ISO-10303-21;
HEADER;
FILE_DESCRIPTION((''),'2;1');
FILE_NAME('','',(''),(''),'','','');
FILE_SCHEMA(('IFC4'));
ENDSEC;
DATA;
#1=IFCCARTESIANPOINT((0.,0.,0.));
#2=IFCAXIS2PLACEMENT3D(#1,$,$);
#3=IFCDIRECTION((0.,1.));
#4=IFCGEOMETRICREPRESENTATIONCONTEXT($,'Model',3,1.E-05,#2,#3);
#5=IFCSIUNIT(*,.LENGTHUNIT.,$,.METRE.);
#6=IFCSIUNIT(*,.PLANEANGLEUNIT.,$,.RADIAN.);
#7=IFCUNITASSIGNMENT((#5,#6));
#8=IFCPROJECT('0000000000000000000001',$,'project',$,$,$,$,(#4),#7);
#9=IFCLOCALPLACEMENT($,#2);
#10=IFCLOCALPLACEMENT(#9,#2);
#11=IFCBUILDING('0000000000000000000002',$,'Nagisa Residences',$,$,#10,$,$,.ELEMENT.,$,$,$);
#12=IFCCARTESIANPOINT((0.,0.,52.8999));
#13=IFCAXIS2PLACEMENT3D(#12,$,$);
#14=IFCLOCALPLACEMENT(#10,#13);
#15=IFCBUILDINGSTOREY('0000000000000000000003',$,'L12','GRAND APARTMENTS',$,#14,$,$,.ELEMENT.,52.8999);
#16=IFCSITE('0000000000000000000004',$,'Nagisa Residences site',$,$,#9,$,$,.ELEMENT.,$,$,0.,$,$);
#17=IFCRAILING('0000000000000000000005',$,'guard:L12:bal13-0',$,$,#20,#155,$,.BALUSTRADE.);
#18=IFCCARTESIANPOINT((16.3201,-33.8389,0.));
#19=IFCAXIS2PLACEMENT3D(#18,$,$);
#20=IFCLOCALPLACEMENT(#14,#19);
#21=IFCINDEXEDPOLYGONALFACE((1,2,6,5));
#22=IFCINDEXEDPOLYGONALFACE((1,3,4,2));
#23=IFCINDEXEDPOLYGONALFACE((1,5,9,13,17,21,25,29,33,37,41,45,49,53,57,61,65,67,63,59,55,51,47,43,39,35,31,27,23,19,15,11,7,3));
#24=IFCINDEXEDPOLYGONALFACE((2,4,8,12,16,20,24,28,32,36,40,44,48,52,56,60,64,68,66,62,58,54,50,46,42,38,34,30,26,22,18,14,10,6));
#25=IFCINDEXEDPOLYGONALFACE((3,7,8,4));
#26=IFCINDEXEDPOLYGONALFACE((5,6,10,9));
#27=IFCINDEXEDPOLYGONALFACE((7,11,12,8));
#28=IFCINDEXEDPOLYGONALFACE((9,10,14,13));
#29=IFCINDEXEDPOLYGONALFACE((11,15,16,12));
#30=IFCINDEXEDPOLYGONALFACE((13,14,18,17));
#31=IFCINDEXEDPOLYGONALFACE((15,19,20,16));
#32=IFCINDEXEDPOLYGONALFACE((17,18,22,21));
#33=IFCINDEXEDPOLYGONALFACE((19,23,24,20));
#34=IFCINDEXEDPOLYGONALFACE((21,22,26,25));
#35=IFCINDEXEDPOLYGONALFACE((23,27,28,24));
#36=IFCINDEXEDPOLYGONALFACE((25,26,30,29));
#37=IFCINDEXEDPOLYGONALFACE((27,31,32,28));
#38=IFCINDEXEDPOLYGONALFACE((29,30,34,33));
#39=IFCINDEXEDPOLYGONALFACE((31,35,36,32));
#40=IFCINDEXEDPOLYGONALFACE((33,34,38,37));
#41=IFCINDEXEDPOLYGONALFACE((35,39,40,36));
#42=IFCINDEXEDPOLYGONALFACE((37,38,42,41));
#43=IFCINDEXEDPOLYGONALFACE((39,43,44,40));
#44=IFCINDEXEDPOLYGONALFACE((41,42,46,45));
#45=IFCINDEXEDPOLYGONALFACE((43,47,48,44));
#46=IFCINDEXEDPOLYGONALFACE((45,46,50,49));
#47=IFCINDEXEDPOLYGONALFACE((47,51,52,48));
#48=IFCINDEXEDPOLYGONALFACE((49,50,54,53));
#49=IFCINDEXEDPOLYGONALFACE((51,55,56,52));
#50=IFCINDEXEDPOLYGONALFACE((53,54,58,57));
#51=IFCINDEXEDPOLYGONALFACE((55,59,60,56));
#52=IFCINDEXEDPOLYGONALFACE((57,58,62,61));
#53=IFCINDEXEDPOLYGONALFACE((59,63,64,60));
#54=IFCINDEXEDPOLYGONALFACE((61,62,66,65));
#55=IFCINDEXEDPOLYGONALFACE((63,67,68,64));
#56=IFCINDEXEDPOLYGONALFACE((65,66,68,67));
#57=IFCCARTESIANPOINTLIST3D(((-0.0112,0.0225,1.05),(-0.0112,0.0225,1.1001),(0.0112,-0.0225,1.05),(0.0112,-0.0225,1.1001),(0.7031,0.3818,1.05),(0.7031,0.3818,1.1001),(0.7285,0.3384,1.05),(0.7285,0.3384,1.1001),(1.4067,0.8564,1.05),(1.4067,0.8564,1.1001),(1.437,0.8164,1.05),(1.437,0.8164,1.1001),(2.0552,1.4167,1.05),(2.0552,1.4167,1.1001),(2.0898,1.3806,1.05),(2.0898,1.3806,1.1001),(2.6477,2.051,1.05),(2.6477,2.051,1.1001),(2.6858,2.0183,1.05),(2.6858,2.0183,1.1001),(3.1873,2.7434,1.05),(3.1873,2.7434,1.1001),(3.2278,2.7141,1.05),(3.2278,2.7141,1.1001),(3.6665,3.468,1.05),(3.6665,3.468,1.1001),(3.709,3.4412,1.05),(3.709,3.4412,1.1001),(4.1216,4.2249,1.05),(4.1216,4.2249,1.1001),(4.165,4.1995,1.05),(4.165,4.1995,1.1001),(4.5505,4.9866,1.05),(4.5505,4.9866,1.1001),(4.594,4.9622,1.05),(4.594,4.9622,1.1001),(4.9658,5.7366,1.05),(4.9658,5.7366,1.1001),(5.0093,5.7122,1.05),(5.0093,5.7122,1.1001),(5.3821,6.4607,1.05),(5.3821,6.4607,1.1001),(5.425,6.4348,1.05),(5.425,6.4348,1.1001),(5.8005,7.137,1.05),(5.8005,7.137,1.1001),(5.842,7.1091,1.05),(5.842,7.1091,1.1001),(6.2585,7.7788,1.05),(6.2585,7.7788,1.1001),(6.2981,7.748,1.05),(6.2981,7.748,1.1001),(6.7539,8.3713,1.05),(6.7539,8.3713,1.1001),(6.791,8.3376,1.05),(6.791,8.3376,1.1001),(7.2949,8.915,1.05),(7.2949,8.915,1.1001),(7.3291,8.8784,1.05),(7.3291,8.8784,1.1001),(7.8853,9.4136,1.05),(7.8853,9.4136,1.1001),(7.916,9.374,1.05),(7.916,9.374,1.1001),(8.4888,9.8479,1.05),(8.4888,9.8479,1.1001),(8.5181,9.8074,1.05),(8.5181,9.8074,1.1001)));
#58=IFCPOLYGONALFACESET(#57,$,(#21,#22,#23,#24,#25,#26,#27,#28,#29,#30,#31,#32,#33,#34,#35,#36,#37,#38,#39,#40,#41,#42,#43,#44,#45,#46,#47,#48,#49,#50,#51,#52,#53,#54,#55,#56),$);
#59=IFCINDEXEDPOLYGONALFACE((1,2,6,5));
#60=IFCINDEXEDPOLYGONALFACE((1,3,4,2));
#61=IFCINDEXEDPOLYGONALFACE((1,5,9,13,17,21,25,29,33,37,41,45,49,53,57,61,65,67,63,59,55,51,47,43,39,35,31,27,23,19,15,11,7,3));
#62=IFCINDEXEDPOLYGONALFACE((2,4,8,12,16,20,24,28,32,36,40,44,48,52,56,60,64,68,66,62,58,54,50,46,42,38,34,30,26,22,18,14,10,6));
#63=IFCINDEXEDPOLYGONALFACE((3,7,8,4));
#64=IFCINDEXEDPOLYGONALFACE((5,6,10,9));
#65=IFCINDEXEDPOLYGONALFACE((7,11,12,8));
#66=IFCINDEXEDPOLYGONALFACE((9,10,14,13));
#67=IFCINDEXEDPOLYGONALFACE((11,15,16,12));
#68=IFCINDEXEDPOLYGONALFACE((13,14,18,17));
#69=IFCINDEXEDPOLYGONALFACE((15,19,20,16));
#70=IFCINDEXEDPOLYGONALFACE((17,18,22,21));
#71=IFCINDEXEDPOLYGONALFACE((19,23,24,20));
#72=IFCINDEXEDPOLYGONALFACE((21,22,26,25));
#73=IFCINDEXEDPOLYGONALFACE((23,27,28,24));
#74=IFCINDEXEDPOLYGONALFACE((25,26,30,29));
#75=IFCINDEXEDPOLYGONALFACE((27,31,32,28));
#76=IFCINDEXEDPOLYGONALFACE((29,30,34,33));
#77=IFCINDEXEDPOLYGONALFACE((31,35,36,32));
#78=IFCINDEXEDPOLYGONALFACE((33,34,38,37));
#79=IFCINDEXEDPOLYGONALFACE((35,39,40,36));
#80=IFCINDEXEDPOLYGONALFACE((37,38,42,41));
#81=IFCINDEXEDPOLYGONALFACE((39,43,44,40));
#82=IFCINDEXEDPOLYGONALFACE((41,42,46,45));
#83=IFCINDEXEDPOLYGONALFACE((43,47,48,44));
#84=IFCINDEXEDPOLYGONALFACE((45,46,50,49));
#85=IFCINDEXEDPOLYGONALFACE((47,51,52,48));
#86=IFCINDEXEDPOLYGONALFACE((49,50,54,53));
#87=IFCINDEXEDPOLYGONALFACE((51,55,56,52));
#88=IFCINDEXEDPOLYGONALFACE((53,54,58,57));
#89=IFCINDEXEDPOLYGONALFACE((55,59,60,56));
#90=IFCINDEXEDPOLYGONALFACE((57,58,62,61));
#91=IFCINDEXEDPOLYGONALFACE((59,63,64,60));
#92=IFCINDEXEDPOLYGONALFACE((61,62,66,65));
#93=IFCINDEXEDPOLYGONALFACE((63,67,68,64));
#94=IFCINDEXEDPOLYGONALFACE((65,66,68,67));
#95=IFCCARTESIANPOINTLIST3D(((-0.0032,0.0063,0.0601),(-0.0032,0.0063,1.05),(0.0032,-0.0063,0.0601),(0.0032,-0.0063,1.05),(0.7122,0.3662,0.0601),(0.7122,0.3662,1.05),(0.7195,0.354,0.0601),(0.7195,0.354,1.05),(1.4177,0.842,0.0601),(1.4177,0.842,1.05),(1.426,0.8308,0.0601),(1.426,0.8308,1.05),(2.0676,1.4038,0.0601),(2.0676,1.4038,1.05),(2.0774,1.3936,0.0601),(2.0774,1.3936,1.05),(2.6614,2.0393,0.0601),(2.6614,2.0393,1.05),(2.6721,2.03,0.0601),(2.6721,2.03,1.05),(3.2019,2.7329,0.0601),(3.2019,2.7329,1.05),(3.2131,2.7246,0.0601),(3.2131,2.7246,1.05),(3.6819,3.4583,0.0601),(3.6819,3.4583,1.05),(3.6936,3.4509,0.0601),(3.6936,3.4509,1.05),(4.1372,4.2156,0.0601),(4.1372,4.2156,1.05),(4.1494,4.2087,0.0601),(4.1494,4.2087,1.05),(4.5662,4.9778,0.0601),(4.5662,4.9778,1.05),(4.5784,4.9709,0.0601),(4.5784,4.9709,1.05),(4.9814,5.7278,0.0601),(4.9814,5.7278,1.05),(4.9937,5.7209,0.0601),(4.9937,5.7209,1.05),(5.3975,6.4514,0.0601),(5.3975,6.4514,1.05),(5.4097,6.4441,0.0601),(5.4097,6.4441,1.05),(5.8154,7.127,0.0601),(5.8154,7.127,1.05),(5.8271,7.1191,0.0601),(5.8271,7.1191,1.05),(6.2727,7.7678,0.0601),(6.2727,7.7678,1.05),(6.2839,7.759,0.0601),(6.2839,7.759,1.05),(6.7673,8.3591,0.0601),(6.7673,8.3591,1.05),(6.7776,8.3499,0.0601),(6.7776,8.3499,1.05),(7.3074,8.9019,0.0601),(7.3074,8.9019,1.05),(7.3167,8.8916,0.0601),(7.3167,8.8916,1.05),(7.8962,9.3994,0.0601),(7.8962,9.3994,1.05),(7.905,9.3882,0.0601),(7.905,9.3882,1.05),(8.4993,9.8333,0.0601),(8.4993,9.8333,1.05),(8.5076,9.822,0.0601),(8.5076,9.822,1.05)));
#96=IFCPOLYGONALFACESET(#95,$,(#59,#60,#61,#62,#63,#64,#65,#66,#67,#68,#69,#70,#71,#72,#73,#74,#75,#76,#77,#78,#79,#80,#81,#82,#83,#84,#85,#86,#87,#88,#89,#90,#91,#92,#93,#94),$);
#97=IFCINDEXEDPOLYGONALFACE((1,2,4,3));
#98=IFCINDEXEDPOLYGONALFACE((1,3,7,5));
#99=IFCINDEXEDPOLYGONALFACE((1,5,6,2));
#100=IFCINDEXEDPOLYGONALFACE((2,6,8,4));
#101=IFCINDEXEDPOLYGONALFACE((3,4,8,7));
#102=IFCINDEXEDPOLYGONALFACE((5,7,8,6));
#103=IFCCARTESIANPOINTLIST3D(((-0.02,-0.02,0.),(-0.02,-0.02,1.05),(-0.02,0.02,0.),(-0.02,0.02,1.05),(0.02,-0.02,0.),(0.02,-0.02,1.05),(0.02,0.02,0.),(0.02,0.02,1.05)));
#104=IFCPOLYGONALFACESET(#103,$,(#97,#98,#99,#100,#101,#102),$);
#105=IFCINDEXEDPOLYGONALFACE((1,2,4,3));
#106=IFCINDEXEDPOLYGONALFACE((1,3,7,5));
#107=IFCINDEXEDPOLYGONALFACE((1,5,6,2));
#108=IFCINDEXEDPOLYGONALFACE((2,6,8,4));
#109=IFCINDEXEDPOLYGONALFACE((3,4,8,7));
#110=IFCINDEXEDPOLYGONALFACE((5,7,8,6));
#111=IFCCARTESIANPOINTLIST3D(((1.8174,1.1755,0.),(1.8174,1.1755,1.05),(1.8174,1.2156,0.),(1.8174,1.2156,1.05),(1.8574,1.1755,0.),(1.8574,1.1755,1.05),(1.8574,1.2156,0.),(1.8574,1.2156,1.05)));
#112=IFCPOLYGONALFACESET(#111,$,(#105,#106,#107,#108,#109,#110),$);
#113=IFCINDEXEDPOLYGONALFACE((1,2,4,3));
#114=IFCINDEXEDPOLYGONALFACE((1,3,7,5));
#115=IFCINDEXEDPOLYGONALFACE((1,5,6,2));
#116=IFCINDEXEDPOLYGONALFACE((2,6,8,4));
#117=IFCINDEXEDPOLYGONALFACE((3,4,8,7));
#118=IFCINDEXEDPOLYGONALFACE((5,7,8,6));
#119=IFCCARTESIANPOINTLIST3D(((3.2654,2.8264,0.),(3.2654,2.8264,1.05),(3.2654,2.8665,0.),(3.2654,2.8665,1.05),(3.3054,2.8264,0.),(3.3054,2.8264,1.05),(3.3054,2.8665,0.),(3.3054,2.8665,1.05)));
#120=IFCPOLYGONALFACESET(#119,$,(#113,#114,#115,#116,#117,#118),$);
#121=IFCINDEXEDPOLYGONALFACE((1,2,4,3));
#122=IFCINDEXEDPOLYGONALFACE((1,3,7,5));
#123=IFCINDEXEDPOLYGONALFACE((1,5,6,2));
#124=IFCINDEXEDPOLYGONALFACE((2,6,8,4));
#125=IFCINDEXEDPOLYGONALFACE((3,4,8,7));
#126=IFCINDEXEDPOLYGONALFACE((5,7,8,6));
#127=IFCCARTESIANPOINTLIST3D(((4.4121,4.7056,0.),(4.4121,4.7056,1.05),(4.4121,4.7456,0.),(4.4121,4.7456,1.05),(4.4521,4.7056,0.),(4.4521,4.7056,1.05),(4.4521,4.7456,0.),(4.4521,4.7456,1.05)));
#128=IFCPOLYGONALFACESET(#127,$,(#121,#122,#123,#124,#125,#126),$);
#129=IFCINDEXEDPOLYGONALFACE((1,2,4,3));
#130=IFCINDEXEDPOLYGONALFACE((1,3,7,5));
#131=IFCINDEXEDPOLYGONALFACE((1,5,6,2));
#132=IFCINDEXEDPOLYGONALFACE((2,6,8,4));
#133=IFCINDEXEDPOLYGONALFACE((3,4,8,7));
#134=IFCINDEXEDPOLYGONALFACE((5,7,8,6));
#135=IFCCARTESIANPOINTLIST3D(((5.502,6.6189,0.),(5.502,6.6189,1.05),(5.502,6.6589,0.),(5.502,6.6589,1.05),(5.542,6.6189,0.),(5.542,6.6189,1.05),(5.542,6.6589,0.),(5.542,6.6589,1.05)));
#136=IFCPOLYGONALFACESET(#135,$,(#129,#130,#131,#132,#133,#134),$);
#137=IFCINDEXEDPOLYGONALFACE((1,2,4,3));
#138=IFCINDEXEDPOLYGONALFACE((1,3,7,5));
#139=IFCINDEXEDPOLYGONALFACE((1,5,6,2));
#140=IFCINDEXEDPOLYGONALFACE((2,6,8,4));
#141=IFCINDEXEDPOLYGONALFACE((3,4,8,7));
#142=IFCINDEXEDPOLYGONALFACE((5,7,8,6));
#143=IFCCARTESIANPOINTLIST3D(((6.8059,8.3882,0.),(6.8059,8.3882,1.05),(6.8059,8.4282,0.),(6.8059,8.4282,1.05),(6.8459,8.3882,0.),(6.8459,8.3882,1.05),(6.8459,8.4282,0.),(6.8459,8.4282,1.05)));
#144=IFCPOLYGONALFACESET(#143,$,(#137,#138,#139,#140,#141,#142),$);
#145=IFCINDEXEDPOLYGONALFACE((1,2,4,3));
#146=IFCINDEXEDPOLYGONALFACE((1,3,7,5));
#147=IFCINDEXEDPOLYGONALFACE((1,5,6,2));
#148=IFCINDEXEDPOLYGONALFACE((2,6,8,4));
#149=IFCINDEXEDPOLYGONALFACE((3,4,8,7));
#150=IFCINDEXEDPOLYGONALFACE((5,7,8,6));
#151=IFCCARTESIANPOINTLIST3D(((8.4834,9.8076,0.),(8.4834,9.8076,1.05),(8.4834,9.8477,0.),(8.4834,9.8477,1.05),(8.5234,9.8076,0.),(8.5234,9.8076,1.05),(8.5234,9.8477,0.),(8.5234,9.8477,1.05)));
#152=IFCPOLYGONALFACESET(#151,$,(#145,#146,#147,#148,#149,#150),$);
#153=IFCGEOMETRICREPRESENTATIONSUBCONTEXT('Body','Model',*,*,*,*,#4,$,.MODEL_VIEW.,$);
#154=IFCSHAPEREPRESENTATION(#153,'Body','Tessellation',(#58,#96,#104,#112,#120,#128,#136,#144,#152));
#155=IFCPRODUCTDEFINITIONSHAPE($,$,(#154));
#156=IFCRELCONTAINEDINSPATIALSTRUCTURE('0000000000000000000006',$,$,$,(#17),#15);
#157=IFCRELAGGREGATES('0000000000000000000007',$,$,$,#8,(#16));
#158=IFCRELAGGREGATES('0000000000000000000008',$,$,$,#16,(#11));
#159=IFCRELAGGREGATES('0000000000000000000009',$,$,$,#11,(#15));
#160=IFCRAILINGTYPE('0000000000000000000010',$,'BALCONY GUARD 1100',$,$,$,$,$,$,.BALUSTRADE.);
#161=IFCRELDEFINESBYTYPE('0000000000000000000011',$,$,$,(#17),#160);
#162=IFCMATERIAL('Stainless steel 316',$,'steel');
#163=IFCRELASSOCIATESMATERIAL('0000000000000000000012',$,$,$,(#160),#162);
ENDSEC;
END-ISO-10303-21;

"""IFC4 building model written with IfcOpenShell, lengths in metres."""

from ifc_helpers import new_model, si_unit, direction, frame, origin, origin_2d, place, context, subcontext, project, spatial, polyline, rectangle, outline, extrude, material, type_object, element, save


model = new_model("IFC4")

# Units and contexts
model_context = context("Model", 3, precision=1e-05, world=origin(), true_north=direction((0.0, 1.0)))
body_context = subcontext(model_context, "Body", "Model", "MODEL_VIEW")
ifc_project = project(units=[si_unit("LENGTHUNIT", "METRE"), si_unit("PLANEANGLEUNIT", "RADIAN")], contexts=[model_context])

# Site, building, storey
site_placement = place(None, origin())
site = spatial("IfcSite", under=ifc_project, at=site_placement, Name="Nagisa Residences site", CompositionType="ELEMENT", RefElevation=0.0)
building_placement = place(site_placement, origin())
building = spatial("IfcBuilding", under=site, at=building_placement, Name="Nagisa Residences", CompositionType="ELEMENT")
storey_placement = place(building_placement, frame((0.0, 0.0, 52.8999)))
storey = spatial("IfcBuildingStorey", under=building, at=storey_placement, Name="L12", Description="GRAND APARTMENTS", CompositionType="ELEMENT", Elevation=52.8999)

# Railing
ifc_material_1 = material(Name="Stainless steel 316", Category="steel")
railing_type = type_object("IfcRailingType", Name="BALCONY GUARD 1100", PredefinedType="BALUSTRADE", material=ifc_material_1)
railing_1_placement = place(storey_placement, frame((16.3201, -33.8389, 0.0)))
element("IfcRailing", 1, at=railing_1_placement, inside=storey, type_object=railing_type, Name="guard:L12:bal13-0", PredefinedType="BALUSTRADE", context=body_context, shape_type="SweptSolid", body=[
    extrude(outline(polyline([(0.7031, 0.3818), (-0.0112, 0.0225), (0.0112, -0.0225), (0.7285, 0.3384), (1.437, 0.8164), (2.0898, 1.3806), (2.6858, 2.0183), (3.2278, 2.7141), (3.709, 3.4412), (4.165, 4.1995), (4.594, 4.9622), (5.0093, 5.7122), (5.425, 6.4348), (5.842, 7.1091), (6.2981, 7.748), (6.791, 8.3376), (7.3291, 8.8784), (7.916, 9.374), (8.5181, 9.8074), (8.4888, 9.8479), (7.8853, 9.4136), (7.2949, 8.915), (6.7539, 8.3713), (6.2585, 7.7788), (5.8005, 7.137), (5.3821, 6.4607), (4.9658, 5.7366), (4.5505, 4.9866), (4.1216, 4.2249), (3.6665, 3.468), (3.1873, 2.7434), (2.6477, 2.051), (2.0552, 1.4167), (1.4067, 0.8564), (0.7031, 0.3818)])), frame((0.0, 0.0, 1.05)), (0.0, 0.0, 1.0), 0.05),
    extrude(outline(polyline([(0.7122, 0.3662), (-0.0032, 0.0063), (0.0032, -0.0063), (0.7195, 0.354), (1.426, 0.8308), (2.0774, 1.3936), (2.6721, 2.03), (3.2131, 2.7246), (3.6936, 3.4509), (4.1494, 4.2087), (4.5784, 4.9709), (4.9937, 5.7209), (5.4097, 6.4441), (5.8271, 7.1191), (6.2839, 7.759), (6.7776, 8.3499), (7.3167, 8.8916), (7.905, 9.3882), (8.5076, 9.822), (8.4993, 9.8333), (7.8962, 9.3994), (7.3074, 8.9019), (6.7673, 8.3591), (6.2727, 7.7678), (5.8154, 7.127), (5.3975, 6.4514), (4.9814, 5.7278), (4.5662, 4.9778), (4.1372, 4.2156), (3.6819, 3.4583), (3.2019, 2.7329), (2.6614, 2.0393), (2.0676, 1.4038), (1.4177, 0.842), (0.7122, 0.3662)])), frame((0.0, 0.0, 0.0601)), (0.0, 0.0, 1.0), 0.99),
    extrude(rectangle(XDim=0.04, YDim=0.04, at=origin_2d()), origin(), (0.0, 0.0, 1.0), 1.05),
    extrude(rectangle(XDim=0.04, YDim=0.04, at=origin_2d()), frame((1.8374, 1.1956, 0.0)), (0.0, 0.0, 1.0), 1.05),
    extrude(rectangle(XDim=0.04, YDim=0.04, at=origin_2d()), frame((3.2854, 2.8464, 0.0)), (0.0, 0.0, 1.0), 1.05),
    extrude(rectangle(XDim=0.04, YDim=0.04, at=origin_2d()), frame((4.4321, 4.7256, 0.0)), (0.0, 0.0, 1.0), 1.05),
    extrude(rectangle(XDim=0.04, YDim=0.04, at=origin_2d()), frame((5.522, 6.6389, 0.0)), (0.0, 0.0, 1.0), 1.05),
    extrude(rectangle(XDim=0.04, YDim=0.04, at=origin_2d()), frame((6.8259, 8.4082, 0.0)), (0.0, 0.0, 1.0), 1.05),
    extrude(rectangle(XDim=0.04, YDim=0.04, at=origin_2d()), frame((8.5034, 9.8276, 0.0)), (0.0, 0.0, 1.0), 1.05),
])

save(model, "model.ifc")
